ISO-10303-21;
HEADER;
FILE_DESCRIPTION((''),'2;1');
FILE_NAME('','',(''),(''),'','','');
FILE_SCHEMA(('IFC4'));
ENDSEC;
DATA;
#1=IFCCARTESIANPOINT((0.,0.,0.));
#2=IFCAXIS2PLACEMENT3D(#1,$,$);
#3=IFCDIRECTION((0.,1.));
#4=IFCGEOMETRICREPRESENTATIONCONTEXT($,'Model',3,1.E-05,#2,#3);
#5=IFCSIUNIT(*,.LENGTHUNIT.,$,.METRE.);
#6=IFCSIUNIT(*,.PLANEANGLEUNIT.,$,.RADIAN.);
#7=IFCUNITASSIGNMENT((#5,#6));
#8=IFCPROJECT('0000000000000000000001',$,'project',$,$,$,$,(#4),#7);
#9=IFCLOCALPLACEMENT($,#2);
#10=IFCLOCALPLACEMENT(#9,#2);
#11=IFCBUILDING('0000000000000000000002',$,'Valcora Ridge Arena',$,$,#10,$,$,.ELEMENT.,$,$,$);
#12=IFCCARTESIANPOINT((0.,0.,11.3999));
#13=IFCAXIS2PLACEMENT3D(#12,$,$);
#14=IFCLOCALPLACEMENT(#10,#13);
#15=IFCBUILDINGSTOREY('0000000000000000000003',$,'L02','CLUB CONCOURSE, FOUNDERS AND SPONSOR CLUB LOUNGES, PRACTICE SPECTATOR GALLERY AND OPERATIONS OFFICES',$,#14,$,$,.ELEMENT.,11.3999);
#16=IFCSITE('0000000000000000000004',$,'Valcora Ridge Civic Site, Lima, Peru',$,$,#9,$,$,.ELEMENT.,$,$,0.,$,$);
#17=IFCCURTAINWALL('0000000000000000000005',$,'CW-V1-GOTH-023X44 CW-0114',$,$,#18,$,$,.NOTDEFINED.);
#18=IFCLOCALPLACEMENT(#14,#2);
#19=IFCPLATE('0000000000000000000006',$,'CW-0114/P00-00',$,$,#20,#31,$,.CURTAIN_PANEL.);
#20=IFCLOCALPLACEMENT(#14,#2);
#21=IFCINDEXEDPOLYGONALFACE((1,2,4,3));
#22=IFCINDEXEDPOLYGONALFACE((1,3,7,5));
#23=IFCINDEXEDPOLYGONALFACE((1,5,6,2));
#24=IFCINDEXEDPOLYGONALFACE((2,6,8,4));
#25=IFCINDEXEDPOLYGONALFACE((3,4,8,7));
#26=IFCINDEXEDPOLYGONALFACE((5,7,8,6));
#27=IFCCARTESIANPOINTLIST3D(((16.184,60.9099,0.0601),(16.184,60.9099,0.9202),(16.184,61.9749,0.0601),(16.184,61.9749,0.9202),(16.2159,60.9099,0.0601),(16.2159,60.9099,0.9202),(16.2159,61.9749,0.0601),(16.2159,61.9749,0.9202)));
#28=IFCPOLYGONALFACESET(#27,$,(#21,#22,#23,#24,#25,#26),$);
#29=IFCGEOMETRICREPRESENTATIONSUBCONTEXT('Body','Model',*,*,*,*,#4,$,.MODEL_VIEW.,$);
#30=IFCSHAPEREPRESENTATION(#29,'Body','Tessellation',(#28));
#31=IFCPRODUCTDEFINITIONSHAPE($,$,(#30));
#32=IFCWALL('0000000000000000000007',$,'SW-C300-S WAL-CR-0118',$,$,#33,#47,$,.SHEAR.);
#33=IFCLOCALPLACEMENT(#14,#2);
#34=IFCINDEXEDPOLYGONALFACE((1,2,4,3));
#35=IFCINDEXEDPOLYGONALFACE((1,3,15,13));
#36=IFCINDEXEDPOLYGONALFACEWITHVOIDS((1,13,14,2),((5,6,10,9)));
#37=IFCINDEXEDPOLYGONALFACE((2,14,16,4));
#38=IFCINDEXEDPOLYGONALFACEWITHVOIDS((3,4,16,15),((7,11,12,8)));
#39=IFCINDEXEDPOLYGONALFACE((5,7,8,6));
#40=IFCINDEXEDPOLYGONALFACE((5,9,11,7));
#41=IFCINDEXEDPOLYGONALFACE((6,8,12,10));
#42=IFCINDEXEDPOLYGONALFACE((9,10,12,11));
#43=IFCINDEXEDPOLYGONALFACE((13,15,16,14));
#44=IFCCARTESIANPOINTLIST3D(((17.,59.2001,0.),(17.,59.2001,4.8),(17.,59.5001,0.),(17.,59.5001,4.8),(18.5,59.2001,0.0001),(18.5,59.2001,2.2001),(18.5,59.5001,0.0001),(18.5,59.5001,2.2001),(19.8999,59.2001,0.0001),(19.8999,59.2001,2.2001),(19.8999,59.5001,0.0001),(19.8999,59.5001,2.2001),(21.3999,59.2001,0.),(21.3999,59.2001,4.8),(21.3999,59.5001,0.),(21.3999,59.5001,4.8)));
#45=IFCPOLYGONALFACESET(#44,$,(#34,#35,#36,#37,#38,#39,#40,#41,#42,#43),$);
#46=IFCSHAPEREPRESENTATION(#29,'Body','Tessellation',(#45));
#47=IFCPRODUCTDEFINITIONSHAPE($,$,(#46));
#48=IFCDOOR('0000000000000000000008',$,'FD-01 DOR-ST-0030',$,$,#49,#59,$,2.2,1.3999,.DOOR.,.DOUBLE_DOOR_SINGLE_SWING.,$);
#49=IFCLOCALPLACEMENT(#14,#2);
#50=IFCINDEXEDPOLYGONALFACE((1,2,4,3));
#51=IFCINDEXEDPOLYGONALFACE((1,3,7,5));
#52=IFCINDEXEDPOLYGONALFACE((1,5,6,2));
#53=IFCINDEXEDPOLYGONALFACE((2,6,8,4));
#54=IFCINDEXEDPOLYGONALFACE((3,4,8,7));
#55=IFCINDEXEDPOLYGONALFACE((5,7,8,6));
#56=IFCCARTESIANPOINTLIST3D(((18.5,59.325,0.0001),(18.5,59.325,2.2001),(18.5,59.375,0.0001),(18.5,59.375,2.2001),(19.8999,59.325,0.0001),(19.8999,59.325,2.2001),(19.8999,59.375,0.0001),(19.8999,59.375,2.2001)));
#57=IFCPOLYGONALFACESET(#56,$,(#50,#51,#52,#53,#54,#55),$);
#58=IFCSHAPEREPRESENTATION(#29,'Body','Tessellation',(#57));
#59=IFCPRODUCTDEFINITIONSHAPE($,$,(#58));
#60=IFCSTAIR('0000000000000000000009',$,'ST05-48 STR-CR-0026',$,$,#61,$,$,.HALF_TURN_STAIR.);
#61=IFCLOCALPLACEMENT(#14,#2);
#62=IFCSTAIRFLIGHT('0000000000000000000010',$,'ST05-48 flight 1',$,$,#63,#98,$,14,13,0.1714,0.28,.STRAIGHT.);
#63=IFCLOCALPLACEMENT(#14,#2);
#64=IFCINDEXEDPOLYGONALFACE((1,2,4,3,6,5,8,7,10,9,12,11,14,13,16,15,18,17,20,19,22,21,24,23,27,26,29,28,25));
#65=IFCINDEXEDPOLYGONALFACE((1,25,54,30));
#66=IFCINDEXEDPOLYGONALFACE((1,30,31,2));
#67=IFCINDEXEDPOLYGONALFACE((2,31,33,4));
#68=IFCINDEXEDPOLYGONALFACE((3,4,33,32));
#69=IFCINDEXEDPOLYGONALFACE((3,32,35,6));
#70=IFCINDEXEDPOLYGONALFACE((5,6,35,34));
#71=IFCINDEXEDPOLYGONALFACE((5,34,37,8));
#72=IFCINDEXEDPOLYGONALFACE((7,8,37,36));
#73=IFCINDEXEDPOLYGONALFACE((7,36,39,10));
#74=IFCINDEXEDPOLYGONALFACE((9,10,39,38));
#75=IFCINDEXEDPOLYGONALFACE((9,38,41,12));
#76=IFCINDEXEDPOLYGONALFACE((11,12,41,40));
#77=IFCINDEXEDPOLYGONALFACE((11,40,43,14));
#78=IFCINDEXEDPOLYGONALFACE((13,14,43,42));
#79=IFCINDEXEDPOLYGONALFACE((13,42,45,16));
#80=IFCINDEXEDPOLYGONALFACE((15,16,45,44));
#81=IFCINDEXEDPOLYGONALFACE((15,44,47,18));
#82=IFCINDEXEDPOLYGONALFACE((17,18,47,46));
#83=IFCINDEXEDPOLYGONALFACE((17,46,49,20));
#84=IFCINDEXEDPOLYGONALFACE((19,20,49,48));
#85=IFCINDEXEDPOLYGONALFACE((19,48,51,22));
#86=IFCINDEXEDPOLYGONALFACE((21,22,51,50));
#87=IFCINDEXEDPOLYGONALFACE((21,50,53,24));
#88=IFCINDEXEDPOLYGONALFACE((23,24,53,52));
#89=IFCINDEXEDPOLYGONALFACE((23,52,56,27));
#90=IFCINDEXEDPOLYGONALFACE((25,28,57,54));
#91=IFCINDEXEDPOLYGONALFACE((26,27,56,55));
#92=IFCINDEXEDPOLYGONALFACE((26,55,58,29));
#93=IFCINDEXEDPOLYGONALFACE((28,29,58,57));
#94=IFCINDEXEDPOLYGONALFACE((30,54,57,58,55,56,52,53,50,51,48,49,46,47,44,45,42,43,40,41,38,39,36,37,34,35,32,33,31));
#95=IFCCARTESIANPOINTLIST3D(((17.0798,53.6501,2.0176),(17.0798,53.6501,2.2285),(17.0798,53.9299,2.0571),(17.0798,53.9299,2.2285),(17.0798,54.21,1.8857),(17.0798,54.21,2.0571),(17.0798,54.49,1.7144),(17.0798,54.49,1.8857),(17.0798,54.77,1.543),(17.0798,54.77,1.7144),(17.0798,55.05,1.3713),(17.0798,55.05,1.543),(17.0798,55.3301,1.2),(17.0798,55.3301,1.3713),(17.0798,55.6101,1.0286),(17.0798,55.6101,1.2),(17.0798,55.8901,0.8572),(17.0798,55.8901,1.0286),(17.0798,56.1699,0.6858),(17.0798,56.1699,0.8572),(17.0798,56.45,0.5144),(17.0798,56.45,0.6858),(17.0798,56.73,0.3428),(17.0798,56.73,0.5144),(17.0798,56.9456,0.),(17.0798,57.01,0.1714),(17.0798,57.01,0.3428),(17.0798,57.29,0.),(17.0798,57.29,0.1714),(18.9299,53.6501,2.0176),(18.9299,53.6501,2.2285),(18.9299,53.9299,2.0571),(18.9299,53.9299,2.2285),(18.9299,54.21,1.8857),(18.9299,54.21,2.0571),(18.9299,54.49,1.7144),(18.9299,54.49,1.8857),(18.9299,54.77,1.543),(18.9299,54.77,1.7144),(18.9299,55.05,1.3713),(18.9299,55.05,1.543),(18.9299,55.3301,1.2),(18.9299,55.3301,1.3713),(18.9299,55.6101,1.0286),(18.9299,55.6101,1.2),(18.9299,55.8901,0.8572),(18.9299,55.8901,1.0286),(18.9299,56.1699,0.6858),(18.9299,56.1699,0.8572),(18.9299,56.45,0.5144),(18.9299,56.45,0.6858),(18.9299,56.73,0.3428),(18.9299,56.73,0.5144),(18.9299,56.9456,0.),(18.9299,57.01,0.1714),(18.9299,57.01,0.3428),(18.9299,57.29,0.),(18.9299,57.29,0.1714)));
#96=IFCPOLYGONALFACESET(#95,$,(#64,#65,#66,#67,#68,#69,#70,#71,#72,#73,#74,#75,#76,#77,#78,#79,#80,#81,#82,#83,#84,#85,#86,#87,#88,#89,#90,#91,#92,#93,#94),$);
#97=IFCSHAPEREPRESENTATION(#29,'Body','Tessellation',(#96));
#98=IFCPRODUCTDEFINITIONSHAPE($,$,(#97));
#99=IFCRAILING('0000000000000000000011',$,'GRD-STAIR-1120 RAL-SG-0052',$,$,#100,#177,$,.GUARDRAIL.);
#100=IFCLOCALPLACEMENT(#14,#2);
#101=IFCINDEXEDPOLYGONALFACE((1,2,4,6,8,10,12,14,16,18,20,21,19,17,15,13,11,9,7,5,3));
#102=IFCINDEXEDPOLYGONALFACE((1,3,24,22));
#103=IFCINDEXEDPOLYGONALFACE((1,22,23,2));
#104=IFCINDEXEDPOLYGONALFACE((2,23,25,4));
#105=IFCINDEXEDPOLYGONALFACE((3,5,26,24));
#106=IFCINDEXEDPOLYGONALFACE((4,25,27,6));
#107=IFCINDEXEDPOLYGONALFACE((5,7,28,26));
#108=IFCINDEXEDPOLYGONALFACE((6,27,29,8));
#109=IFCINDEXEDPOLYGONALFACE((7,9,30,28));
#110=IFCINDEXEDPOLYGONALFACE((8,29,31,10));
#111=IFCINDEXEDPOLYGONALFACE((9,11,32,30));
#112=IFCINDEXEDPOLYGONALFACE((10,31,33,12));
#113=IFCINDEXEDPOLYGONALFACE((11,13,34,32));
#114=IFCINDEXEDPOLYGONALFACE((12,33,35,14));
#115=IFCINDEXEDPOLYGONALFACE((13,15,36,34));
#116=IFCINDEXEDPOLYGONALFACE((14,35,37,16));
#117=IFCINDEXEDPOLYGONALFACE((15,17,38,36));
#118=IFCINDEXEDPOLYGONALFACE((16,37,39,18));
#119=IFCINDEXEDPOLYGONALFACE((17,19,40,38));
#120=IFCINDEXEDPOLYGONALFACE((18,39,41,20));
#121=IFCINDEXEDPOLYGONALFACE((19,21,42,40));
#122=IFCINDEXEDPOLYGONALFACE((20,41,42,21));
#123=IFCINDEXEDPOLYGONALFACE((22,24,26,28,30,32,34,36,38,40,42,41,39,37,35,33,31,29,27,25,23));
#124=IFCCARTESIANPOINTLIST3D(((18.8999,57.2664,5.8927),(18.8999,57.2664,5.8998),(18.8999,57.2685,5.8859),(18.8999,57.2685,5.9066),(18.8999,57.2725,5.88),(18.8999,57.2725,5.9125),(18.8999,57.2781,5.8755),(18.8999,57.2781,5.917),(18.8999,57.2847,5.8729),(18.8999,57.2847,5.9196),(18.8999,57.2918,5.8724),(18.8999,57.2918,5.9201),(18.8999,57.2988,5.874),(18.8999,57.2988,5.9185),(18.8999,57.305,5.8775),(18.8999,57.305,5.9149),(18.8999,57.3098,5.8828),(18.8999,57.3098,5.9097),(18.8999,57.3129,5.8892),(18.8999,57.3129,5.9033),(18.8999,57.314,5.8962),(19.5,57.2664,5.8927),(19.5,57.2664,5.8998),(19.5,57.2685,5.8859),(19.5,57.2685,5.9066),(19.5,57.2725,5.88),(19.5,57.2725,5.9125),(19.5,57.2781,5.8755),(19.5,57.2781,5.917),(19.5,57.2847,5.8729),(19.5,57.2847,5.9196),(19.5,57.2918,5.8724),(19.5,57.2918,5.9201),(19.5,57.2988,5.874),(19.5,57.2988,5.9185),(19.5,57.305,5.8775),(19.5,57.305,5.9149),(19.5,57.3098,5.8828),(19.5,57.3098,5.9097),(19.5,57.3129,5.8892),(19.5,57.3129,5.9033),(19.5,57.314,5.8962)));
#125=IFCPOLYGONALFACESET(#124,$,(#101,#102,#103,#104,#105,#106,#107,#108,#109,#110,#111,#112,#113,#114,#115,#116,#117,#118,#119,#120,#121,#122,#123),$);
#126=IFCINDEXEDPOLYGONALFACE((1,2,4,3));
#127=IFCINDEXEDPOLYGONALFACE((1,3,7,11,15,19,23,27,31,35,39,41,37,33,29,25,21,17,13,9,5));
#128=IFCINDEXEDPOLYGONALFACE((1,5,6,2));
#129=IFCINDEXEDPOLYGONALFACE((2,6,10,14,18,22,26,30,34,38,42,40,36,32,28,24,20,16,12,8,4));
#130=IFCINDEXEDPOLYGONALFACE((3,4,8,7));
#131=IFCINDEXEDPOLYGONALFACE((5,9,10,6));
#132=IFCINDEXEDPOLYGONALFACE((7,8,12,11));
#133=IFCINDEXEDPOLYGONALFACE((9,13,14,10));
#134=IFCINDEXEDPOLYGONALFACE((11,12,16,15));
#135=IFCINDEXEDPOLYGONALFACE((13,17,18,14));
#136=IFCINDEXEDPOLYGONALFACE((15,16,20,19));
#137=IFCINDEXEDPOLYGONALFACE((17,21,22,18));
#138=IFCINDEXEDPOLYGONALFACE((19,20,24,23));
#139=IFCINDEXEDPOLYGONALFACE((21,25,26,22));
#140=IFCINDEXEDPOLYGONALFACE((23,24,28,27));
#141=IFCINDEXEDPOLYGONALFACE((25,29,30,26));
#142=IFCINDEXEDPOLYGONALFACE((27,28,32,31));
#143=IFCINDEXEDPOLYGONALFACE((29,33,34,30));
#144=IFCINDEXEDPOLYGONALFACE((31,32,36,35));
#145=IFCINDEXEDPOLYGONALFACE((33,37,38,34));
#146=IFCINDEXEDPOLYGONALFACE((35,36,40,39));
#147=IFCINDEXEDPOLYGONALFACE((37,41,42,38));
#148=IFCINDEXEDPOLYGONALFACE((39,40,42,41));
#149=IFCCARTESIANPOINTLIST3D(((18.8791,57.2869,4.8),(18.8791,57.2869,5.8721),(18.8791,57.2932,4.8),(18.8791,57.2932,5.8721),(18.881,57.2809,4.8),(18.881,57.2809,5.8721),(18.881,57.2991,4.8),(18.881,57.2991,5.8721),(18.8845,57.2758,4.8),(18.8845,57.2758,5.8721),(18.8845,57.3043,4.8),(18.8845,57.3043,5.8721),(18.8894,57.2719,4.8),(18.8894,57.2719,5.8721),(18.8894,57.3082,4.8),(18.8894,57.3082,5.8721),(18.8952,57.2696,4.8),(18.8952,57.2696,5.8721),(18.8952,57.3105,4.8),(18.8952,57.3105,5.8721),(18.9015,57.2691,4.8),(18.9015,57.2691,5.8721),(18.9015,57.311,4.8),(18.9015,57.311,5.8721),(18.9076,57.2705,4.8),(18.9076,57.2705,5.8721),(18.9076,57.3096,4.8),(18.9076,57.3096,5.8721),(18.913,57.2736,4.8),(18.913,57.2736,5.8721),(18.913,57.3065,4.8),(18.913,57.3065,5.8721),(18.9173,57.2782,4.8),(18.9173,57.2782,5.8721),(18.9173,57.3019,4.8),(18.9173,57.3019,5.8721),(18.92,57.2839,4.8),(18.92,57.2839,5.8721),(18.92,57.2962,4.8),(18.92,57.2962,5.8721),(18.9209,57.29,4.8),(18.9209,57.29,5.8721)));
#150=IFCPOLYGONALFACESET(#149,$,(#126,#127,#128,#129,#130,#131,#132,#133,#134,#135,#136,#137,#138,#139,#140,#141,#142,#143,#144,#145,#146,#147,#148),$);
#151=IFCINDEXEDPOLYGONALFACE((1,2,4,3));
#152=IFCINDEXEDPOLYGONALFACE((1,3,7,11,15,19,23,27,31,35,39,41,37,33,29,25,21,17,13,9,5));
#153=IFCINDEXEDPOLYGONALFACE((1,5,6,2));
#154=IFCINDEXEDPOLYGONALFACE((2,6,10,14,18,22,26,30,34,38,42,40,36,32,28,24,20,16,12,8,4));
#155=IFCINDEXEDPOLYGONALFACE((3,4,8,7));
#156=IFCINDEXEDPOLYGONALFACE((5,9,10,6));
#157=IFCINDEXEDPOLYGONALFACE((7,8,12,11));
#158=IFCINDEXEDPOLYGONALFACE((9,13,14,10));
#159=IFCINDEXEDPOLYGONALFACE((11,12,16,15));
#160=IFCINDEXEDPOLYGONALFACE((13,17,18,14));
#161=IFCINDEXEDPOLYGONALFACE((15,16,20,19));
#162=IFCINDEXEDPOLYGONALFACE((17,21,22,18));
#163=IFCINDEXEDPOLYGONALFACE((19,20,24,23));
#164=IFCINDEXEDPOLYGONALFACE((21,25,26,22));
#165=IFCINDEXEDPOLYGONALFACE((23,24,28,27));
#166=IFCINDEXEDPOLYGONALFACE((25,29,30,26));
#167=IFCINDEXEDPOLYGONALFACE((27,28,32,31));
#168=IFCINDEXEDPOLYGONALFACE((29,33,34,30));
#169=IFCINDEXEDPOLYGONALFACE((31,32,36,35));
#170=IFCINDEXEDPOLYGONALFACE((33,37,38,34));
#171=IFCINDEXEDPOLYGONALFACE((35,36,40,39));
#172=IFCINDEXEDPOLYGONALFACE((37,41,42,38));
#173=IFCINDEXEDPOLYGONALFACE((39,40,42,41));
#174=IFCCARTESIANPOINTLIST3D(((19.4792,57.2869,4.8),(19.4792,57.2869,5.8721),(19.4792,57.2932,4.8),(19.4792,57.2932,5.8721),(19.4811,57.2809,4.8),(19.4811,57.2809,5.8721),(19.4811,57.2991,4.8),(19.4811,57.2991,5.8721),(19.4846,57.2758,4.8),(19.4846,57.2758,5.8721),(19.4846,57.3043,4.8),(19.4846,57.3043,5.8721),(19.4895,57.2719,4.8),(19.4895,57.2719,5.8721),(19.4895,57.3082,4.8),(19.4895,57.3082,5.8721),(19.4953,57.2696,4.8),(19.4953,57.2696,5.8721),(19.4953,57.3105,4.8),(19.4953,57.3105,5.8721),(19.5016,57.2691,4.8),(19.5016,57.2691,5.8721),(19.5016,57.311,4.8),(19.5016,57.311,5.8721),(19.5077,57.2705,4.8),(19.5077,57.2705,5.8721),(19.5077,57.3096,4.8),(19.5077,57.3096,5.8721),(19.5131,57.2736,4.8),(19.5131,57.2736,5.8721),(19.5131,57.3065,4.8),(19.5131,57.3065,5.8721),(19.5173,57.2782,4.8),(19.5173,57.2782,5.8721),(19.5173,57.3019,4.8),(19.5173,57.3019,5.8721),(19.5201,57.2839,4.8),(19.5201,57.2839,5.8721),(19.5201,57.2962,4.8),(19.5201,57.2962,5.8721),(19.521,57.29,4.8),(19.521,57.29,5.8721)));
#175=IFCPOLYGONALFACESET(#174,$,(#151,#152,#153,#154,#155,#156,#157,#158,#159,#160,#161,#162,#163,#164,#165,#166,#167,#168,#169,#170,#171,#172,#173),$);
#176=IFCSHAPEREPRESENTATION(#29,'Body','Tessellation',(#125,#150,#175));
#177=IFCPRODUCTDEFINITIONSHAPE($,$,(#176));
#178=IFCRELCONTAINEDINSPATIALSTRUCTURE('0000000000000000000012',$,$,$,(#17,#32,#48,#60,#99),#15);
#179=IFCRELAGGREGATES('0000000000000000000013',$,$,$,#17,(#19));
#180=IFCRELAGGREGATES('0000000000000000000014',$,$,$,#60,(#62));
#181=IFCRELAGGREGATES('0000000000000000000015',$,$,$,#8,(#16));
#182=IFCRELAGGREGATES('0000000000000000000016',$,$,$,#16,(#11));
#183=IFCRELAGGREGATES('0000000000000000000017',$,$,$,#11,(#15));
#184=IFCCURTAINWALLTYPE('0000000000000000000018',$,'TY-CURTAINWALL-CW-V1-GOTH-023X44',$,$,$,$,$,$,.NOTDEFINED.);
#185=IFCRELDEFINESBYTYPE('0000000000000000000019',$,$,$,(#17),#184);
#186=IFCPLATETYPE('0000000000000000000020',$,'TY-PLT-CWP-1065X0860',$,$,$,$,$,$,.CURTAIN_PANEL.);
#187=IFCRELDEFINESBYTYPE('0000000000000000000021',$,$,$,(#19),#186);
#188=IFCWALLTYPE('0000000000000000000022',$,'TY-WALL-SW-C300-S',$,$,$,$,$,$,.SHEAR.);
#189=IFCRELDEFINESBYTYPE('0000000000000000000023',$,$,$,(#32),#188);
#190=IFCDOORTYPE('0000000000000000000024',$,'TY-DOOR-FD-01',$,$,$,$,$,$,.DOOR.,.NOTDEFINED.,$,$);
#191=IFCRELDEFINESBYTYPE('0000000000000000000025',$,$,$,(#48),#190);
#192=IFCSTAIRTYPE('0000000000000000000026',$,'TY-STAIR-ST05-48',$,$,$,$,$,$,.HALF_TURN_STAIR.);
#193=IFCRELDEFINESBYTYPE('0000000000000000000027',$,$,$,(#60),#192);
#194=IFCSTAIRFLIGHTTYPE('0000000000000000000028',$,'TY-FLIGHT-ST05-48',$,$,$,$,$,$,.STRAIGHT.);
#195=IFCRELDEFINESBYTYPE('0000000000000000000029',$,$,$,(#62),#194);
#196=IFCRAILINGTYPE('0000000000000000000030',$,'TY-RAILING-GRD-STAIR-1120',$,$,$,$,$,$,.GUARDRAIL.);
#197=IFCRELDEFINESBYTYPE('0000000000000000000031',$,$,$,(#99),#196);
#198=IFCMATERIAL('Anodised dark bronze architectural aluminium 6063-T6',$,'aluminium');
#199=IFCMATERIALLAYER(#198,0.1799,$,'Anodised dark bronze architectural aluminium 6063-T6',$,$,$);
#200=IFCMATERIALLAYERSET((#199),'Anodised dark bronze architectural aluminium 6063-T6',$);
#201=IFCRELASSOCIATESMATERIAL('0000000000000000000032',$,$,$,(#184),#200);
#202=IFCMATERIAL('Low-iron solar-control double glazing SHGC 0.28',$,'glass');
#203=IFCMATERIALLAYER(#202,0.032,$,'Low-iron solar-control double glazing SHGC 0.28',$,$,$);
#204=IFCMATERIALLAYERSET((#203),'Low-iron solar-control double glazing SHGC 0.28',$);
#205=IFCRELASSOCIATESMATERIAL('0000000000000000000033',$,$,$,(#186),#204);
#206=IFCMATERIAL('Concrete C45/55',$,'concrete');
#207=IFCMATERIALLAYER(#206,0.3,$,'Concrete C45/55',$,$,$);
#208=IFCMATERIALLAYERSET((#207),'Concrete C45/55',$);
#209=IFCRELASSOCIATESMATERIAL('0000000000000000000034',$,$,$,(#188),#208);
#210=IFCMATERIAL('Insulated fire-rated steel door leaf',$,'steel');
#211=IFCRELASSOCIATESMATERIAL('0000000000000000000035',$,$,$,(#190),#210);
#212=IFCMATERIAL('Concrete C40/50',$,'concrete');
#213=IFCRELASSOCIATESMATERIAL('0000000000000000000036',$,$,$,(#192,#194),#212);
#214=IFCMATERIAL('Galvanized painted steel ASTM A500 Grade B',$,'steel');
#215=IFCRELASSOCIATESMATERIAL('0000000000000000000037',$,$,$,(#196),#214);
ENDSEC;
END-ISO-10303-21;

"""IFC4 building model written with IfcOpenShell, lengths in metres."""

from ifc_helpers import new_model, si_unit, direction, frame, frame_2d, origin, origin_2d, place, context, subcontext, project, spatial, polyline, rectangle, circle, outline, extrude, material, layer, layer_set, type_object, element, fill, aggregate, save


model = new_model("IFC4")

# Units and contexts
model_context = context("Model", 3, precision=1e-05, world=origin(), true_north=direction((0.0, 1.0)))
body_context = subcontext(model_context, "Body", "Model", "MODEL_VIEW")
ifc_project = project(units=[si_unit("LENGTHUNIT", "METRE"), si_unit("PLANEANGLEUNIT", "RADIAN")], contexts=[model_context])

# Site, building, storey
site_placement = place(None, origin())
site = spatial("IfcSite", under=ifc_project, at=site_placement, Name="Valcora Ridge Civic Site, Lima, Peru", CompositionType="ELEMENT", RefElevation=0.0)
building_placement = place(site_placement, origin())
building = spatial("IfcBuilding", under=site, at=building_placement, Name="Valcora Ridge Arena", CompositionType="ELEMENT")
storey_placement = place(building_placement, frame((0.0, 0.0, 11.3999)))
storey = spatial("IfcBuildingStorey", under=building, at=storey_placement, Name="L02", Description="CLUB CONCOURSE, FOUNDERS AND SPONSOR CLUB LOUNGES, PRACTICE SPECTATOR GALLERY AND OPERATIONS OFFICES", CompositionType="ELEMENT", Elevation=11.3999)

# Shared definitions
ifc_material_1 = material(Name="Concrete C40/50", Category="concrete")

# Curtain wall
ifc_material_2 = material(Name="Anodised dark bronze architectural aluminium 6063-T6", Category="aluminium")
ifc_layer_1 = layer(ifc_material_2, 0.1799, Name="Anodised dark bronze architectural aluminium 6063-T6")
ifc_layer_set_1 = layer_set([ifc_layer_1], Name="Anodised dark bronze architectural aluminium 6063-T6")
curtain_wall_type_1 = type_object("IfcCurtainWallType", Name="TY-CURTAINWALL-CW-V1-GOTH-023X44", PredefinedType="NOTDEFINED", material=ifc_layer_set_1)
curtain_wall_1_placement = place(storey_placement, origin())
curtain_wall_1 = element("IfcCurtainWall", 1, at=curtain_wall_1_placement, inside=storey, type_object=curtain_wall_type_1, Name="CW-V1-GOTH-023X44 CW-0114", PredefinedType="NOTDEFINED")

# Plate
ifc_material_3 = material(Name="Low-iron solar-control double glazing SHGC 0.28", Category="glass")
ifc_layer_2 = layer(ifc_material_3, 0.032, Name="Low-iron solar-control double glazing SHGC 0.28")
ifc_layer_set_2 = layer_set([ifc_layer_2], Name="Low-iron solar-control double glazing SHGC 0.28")
plate_type = type_object("IfcPlateType", Name="TY-PLT-CWP-1065X0860", PredefinedType="CURTAIN_PANEL", material=ifc_layer_set_2)
plate_placement = place(storey_placement, frame((16.2, 61.4424, 0.0601), z_axis=(0.0, 0.0, 1.0), x_axis=(0.0, 1.0, 0.0)))
plate = element("IfcPlate", 2, at=plate_placement, type_object=plate_type, Name="CW-0114/P00-00", PredefinedType="CURTAIN_PANEL", context=body_context, shape_type="SweptSolid", body=[
    extrude(rectangle(XDim=1.0649, YDim=0.032, at=origin_2d()), origin(), (0.0, 0.0, 1.0), 0.8601),
])
aggregate(curtain_wall_1, [plate])

# Wall, opening, door
ifc_material_4 = material(Name="Concrete C45/55", Category="concrete")
ifc_layer_3 = layer(ifc_material_4, 0.3, Name="Concrete C45/55")
ifc_layer_set_3 = layer_set([ifc_layer_3], Name="Concrete C45/55")
wall_type = type_object("IfcWallType", Name="TY-WALL-SW-C300-S", PredefinedType="SHEAR", material=ifc_layer_set_3)
wall_placement = place(storey_placement, frame((17.0, 59.3501, 0.0), z_axis=(0.0, 0.0, 1.0), x_axis=(1.0, 0.0, 0.0)))
wall = element("IfcWall", 3, at=wall_placement, inside=storey, type_object=wall_type, Name="SW-C300-S WAL-CR-0118", PredefinedType="SHEAR", context=body_context, shape_type="SweptSolid", body=[
    extrude(rectangle(XDim=4.3999, YDim=0.3, at=frame_2d((2.2, 0.0))), origin(), (0.0, 0.0, 1.0), 4.8),
])
opening_placement = place(wall_placement, frame((1.5, 0.0, 0.0)))
opening = element("IfcOpeningElement", 4, at=opening_placement, cuts=wall, PredefinedType="OPENING", context=body_context, shape_type="SweptSolid", body=[
    extrude(rectangle(XDim=1.3999, YDim=2.2, at=frame_2d((0.7, 1.1001))), frame((0.0, 0.1599, 0.0), z_axis=(0.0, -1.0, 0.0), x_axis=(1.0, 0.0, 0.0)), (0.0, 0.0, 1.0), 0.3201),
])
ifc_material_5 = material(Name="Insulated fire-rated steel door leaf", Category="steel")
door_type = type_object("IfcDoorType", Name="TY-DOOR-FD-01", OperationType="NOTDEFINED", PredefinedType="DOOR", material=ifc_material_5)
door_placement = place(opening_placement, origin())
door = element("IfcDoor", 5, at=door_placement, inside=storey, type_object=door_type, Name="FD-01 DOR-ST-0030", OperationType="DOUBLE_DOOR_SINGLE_SWING", OverallHeight=2.2, OverallWidth=1.3999, PredefinedType="DOOR", context=body_context, shape_type="SweptSolid", body=[
    extrude(rectangle(XDim=1.3999, YDim=2.2, at=frame_2d((0.7, 1.1001))), frame((0.0, 0.0249, 0.0), z_axis=(0.0, -1.0, 0.0), x_axis=(1.0, 0.0, 0.0)), (0.0, 0.0, 1.0), 0.05),
])
fill(opening, door)

# Stair, stair flight
stair_type = type_object("IfcStairType", Name="TY-STAIR-ST05-48", PredefinedType="HALF_TURN_STAIR", material=ifc_material_1)
stair_placement = place(storey_placement, origin())
stair = element("IfcStair", 6, at=stair_placement, inside=storey, type_object=stair_type, Name="ST05-48 STR-CR-0026", PredefinedType="HALF_TURN_STAIR")
stair_flight_type = type_object("IfcStairFlightType", Name="TY-FLIGHT-ST05-48", PredefinedType="STRAIGHT", material=ifc_material_1)
stair_flight_placement = place(storey_placement, frame((18.0049, 57.29, 0.0), z_axis=(0.0, 0.0, 1.0), x_axis=(0.0, -1.0, 0.0)))
stair_flight = element("IfcStairFlight", 7, at=stair_flight_placement, type_object=stair_flight_type, Name="ST05-48 flight 1", NumberOfRisers=14, NumberOfTreads=13, PredefinedType="STRAIGHT", RiserHeight=0.1714, TreadLength=0.28, context=body_context, shape_type="SweptSolid", body=[
    extrude(outline(polyline([(0.0, 0.0), (0.0, 0.1714), (0.28, 0.1714), (0.28, 0.3428), (0.5601, 0.3428), (0.5601, 0.5144), (0.8401, 0.5144), (0.8401, 0.6858), (1.1201, 0.6858), (1.1201, 0.8572), (1.3999, 0.8572), (1.3999, 1.0286), (1.6799, 1.0286), (1.6799, 1.2), (1.96, 1.2), (1.96, 1.3713), (2.24, 1.3713), (2.24, 1.543), (2.52, 1.543), (2.52, 1.7144), (2.8, 1.7144), (2.8, 1.8857), (3.0801, 1.8857), (3.0801, 2.0571), (3.3601, 2.0571), (3.3601, 2.2285), (3.6399, 2.2285), (3.6399, 2.3999), (3.6399, 2.0176), (0.3445, 0.0), (0.0, 0.0)])), frame((0.0, 0.925, 0.0), z_axis=(0.0, -1.0, 0.0), x_axis=(1.0, 0.0, 0.0)), (0.0, 0.0, 1.0), 1.8501),
])
aggregate(stair, [stair_flight])

# Railing
ifc_material_6 = material(Name="Galvanized painted steel ASTM A500 Grade B", Category="steel")
railing_type_1 = type_object("IfcRailingType", Name="TY-RAILING-GRD-STAIR-1120", PredefinedType="GUARDRAIL", material=ifc_material_6)
railing_1_placement = place(storey_placement, frame((18.8999, 57.29, 4.8)))
element("IfcRailing", 8, at=railing_1_placement, inside=storey, type_object=railing_type_1, Name="GRD-STAIR-1120 RAL-SG-0052", PredefinedType="GUARDRAIL", context=body_context, shape_type="SweptSolid", body=[
    extrude(circle(Radius=0.0239, at=origin_2d()), frame((0.0, 0.0, 1.0962), z_axis=(1.0, 0.0, 0.0), x_axis=(0.0, 1.0, 0.0)), (0.0, 0.0, 1.0), 0.6001),
    extrude(circle(Radius=0.021, at=origin_2d()), origin(), (0.0, 0.0, 1.0), 1.072),
    extrude(circle(Radius=0.021, at=origin_2d()), frame((0.6001, 0.0, 0.0)), (0.0, 0.0, 1.0), 1.072),
])

save(model, "model.ifc")
